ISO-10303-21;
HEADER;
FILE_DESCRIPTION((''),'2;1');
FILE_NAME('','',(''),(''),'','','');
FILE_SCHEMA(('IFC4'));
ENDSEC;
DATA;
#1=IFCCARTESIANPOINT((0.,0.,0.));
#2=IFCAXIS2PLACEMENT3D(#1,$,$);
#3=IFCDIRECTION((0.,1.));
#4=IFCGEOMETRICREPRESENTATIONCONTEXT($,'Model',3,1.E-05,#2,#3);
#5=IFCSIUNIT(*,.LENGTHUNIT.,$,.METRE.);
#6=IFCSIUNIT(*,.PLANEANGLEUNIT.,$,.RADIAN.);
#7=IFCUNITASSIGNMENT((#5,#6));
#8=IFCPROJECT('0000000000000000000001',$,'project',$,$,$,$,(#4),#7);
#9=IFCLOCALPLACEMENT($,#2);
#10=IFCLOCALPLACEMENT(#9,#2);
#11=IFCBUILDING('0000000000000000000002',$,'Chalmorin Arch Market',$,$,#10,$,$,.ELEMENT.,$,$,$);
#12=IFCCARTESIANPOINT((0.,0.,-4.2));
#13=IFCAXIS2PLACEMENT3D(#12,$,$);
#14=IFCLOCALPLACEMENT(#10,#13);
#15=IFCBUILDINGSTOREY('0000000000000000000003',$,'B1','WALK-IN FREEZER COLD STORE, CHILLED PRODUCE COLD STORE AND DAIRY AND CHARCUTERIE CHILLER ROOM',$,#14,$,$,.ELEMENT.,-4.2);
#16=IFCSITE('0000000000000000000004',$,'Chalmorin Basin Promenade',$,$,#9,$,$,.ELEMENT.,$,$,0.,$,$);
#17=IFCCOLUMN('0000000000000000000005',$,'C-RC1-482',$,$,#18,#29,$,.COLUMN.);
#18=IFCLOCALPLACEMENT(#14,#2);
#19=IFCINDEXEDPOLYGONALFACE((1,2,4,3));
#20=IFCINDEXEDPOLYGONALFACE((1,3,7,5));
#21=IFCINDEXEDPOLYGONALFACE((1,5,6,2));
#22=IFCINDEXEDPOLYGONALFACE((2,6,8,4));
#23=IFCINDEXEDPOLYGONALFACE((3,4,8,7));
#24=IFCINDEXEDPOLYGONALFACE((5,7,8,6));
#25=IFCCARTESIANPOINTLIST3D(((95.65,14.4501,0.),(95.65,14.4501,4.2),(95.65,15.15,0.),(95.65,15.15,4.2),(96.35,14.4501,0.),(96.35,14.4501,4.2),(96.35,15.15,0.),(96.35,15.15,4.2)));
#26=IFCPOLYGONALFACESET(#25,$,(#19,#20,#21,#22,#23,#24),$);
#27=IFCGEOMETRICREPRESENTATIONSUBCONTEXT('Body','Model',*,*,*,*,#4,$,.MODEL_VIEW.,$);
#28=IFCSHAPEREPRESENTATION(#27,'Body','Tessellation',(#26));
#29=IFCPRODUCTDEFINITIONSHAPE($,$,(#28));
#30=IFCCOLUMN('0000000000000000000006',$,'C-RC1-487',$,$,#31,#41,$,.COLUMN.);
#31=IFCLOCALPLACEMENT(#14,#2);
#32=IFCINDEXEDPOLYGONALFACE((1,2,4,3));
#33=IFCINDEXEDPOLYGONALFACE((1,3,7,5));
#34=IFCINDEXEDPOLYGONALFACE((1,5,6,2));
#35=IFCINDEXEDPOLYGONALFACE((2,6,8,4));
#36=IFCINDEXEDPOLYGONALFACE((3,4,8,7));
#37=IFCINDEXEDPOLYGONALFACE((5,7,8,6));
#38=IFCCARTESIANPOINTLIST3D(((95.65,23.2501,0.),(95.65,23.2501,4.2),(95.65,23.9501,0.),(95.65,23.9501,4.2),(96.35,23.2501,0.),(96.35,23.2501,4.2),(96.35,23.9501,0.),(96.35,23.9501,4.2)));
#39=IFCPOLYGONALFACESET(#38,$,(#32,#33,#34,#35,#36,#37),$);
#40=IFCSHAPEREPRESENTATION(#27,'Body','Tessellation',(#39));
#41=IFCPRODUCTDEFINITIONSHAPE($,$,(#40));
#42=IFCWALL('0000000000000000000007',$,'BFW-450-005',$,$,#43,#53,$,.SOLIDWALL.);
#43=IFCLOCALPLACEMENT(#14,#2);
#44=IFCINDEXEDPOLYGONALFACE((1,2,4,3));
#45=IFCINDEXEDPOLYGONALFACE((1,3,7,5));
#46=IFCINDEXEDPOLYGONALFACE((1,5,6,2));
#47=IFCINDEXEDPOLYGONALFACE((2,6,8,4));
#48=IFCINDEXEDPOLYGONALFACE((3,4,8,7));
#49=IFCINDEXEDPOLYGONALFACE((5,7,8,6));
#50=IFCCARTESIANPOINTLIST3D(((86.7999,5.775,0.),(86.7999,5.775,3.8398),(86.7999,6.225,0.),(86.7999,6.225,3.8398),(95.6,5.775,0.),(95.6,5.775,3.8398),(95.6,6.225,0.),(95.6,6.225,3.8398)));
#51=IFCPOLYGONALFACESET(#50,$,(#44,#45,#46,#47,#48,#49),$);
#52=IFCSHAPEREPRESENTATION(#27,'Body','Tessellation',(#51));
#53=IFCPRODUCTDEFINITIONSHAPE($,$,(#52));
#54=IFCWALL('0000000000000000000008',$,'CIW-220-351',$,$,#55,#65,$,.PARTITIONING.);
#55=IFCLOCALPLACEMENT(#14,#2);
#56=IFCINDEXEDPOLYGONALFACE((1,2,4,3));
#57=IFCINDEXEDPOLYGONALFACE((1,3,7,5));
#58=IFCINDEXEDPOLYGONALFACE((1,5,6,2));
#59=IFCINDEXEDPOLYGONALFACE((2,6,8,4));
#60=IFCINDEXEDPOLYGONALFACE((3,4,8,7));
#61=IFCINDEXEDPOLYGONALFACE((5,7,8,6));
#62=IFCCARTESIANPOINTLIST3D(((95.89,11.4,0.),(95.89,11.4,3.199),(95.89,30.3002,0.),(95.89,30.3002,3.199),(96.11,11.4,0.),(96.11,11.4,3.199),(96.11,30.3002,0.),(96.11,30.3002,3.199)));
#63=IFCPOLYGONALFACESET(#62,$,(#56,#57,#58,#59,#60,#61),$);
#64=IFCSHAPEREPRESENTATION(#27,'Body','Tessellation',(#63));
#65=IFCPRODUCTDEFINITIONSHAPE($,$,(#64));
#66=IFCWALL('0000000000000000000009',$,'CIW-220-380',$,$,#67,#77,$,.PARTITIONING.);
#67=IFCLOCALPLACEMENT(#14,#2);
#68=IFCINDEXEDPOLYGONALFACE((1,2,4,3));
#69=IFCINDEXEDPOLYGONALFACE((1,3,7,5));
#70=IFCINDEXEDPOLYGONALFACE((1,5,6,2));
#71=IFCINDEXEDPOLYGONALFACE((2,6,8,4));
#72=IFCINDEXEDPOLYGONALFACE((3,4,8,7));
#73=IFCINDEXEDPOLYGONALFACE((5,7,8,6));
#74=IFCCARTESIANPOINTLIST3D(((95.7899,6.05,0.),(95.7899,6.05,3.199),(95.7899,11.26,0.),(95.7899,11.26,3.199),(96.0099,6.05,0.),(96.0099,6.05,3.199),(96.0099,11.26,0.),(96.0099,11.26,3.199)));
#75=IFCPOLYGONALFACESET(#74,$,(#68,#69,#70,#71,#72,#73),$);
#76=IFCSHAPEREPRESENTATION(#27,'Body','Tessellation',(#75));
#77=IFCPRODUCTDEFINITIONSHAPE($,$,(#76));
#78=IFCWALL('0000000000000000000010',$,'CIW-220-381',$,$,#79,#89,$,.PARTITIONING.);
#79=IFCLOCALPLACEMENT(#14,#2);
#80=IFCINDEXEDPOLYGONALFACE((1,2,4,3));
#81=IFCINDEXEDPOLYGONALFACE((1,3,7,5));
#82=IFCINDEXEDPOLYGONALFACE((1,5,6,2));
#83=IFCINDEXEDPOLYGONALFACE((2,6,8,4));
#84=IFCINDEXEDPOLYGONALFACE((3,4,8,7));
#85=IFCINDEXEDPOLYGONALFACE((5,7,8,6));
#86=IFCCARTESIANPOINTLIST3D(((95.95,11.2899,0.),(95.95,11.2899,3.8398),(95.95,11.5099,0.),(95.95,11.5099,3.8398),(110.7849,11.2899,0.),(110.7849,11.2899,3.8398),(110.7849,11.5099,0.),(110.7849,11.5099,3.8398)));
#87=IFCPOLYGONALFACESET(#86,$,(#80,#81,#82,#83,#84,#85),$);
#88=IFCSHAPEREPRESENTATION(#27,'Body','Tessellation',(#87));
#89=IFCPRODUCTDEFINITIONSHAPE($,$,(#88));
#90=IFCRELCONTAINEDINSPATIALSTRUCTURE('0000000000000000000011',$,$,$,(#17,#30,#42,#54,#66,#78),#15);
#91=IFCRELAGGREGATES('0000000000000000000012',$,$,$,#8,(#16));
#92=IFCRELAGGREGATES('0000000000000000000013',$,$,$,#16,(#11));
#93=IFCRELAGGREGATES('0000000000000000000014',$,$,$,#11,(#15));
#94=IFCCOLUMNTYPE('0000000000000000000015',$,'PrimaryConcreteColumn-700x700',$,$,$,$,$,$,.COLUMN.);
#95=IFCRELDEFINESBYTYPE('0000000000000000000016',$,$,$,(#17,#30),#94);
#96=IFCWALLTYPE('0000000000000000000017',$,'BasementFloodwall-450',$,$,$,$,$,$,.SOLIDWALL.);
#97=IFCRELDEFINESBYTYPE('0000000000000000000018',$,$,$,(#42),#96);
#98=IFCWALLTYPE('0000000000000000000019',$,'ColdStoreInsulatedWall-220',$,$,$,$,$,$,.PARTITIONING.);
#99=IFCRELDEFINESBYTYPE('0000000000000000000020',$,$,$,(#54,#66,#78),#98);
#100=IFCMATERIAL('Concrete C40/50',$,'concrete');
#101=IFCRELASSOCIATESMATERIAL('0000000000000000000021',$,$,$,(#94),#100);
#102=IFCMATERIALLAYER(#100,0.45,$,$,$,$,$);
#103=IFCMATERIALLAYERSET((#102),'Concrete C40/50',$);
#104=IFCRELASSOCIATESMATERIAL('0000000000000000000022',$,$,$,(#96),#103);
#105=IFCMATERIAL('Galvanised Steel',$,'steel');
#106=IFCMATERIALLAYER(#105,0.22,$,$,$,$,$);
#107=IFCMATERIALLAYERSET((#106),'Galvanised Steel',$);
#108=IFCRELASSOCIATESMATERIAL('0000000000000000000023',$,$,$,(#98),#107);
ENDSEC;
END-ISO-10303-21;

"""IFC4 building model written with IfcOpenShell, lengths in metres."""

from ifc_helpers import new_model, si_unit, direction, frame, frame_2d, origin, origin_2d, place, context, subcontext, project, spatial, rectangle, extrude, material, layer, layer_set, material_profile, profile_set, type_object, element, save


model = new_model("IFC4")

# Units and contexts
model_context = context("Model", 3, precision=1e-05, world=origin(), true_north=direction((0.0, 1.0)))
body_context = subcontext(model_context, "Body", "Model", "MODEL_VIEW")
ifc_project = project(units=[si_unit("LENGTHUNIT", "METRE"), si_unit("PLANEANGLEUNIT", "RADIAN")], contexts=[model_context])

# Site, building, storey
site_placement = place(None, origin())
site = spatial("IfcSite", under=ifc_project, at=site_placement, Name="Chalmorin Basin Promenade", CompositionType="ELEMENT", RefElevation=0.0)
building_placement = place(site_placement, origin())
building = spatial("IfcBuilding", under=site, at=building_placement, Name="Chalmorin Arch Market", CompositionType="ELEMENT")
storey_placement = place(building_placement, frame((0.0, 0.0, -4.2)))
storey = spatial("IfcBuildingStorey", under=building, at=storey_placement, Name="B1", Description="WALK-IN FREEZER COLD STORE, CHILLED PRODUCE COLD STORE AND DAIRY AND CHARCUTERIE CHILLER ROOM", CompositionType="ELEMENT", Elevation=-4.2)

# Shared definitions
ifc_material_1 = material(Name="Concrete C40/50", Category="concrete")

# Columns
ifc_material_profile_1 = material_profile(ifc_material_1, rectangle(XDim=0.7, YDim=0.7, at=origin_2d()), Name="RC700X700")
ifc_profile_set_1 = profile_set([ifc_material_profile_1], Name="Concrete C40/50")
column_type_1 = type_object("IfcColumnType", Name="PrimaryConcreteColumn-700x700", PredefinedType="COLUMN", material=ifc_profile_set_1)
for number, where, z_axis, x_axis, name in (
    (1, (96.0, 14.8, 0.0), (0.0, 0.0, 1.0), (1.0, 0.0, 0.0), "C-RC1-482"),
    (2, (96.0, 23.6001, 0.0), (0.0, 0.0, 1.0), (1.0, 0.0, 0.0), "C-RC1-487"),
):
    element("IfcColumn", number, at=place(storey_placement, frame(where, z_axis=z_axis, x_axis=x_axis)), inside=storey, type_object=column_type_1, Name=name, PredefinedType="COLUMN", context=body_context, shape_type="SweptSolid", body=[
        extrude(rectangle(XDim=0.7, YDim=0.7, at=origin_2d()), origin(), (0.0, 0.0, 1.0), 4.2),
    ])

# Walls
ifc_layer_1 = layer(ifc_material_1, 0.45)
ifc_layer_set_1 = layer_set([ifc_layer_1], Name="Concrete C40/50")
wall_type_1 = type_object("IfcWallType", Name="BasementFloodwall-450", PredefinedType="SOLIDWALL", material=ifc_layer_set_1)
wall_1_placement = place(storey_placement, frame((86.8, 6.0, 0.0), z_axis=(0.0, 0.0, 1.0), x_axis=(1.0, 0.0, 0.0)))
element("IfcWall", 3, at=wall_1_placement, inside=storey, type_object=wall_type_1, Name="BFW-450-005", PredefinedType="SOLIDWALL", context=body_context, shape_type="SweptSolid", body=[
    extrude(rectangle(XDim=8.8, YDim=0.45, at=frame_2d((4.3999, 0.0))), origin(), (0.0, 0.0, 1.0), 3.8398),
])
ifc_material_2 = material(Name="Galvanised Steel", Category="steel")
ifc_layer_2 = layer(ifc_material_2, 0.22)
ifc_layer_set_2 = layer_set([ifc_layer_2], Name="Galvanised Steel")
wall_type_2 = type_object("IfcWallType", Name="ColdStoreInsulatedWall-220", PredefinedType="PARTITIONING", material=ifc_layer_set_2)
wall_2_placement = place(storey_placement, frame((96.0, 11.3999, 0.0), z_axis=(0.0, 0.0, 1.0), x_axis=(0.0, 1.0, 0.0)))
element("IfcWall", 4, at=wall_2_placement, inside=storey, type_object=wall_type_2, Name="CIW-220-351", PredefinedType="PARTITIONING", context=body_context, shape_type="SweptSolid", body=[
    extrude(rectangle(XDim=18.9001, YDim=0.22, at=frame_2d((9.4502, 0.0))), origin(), (0.0, 0.0, 1.0), 3.199),
])
wall_3_placement = place(storey_placement, frame((95.8999, 6.05, 0.0), z_axis=(0.0, 0.0, 1.0), x_axis=(0.0, 1.0, 0.0)))
element("IfcWall", 5, at=wall_3_placement, inside=storey, type_object=wall_type_2, Name="CIW-220-380", PredefinedType="PARTITIONING", context=body_context, shape_type="SweptSolid", body=[
    extrude(rectangle(XDim=5.21, YDim=0.22, at=frame_2d((2.605, 0.0))), origin(), (0.0, 0.0, 1.0), 3.199),
])
wall_4_placement = place(storey_placement, frame((95.95, 11.3999, 0.0), z_axis=(0.0, 0.0, 1.0), x_axis=(1.0, 0.0, 0.0)))
element("IfcWall", 6, at=wall_4_placement, inside=storey, type_object=wall_type_2, Name="CIW-220-381", PredefinedType="PARTITIONING", context=body_context, shape_type="SweptSolid", body=[
    extrude(rectangle(XDim=14.835, YDim=0.22, at=frame_2d((7.4175, 0.0))), origin(), (0.0, 0.0, 1.0), 3.8398),
])

save(model, "model.ifc")
